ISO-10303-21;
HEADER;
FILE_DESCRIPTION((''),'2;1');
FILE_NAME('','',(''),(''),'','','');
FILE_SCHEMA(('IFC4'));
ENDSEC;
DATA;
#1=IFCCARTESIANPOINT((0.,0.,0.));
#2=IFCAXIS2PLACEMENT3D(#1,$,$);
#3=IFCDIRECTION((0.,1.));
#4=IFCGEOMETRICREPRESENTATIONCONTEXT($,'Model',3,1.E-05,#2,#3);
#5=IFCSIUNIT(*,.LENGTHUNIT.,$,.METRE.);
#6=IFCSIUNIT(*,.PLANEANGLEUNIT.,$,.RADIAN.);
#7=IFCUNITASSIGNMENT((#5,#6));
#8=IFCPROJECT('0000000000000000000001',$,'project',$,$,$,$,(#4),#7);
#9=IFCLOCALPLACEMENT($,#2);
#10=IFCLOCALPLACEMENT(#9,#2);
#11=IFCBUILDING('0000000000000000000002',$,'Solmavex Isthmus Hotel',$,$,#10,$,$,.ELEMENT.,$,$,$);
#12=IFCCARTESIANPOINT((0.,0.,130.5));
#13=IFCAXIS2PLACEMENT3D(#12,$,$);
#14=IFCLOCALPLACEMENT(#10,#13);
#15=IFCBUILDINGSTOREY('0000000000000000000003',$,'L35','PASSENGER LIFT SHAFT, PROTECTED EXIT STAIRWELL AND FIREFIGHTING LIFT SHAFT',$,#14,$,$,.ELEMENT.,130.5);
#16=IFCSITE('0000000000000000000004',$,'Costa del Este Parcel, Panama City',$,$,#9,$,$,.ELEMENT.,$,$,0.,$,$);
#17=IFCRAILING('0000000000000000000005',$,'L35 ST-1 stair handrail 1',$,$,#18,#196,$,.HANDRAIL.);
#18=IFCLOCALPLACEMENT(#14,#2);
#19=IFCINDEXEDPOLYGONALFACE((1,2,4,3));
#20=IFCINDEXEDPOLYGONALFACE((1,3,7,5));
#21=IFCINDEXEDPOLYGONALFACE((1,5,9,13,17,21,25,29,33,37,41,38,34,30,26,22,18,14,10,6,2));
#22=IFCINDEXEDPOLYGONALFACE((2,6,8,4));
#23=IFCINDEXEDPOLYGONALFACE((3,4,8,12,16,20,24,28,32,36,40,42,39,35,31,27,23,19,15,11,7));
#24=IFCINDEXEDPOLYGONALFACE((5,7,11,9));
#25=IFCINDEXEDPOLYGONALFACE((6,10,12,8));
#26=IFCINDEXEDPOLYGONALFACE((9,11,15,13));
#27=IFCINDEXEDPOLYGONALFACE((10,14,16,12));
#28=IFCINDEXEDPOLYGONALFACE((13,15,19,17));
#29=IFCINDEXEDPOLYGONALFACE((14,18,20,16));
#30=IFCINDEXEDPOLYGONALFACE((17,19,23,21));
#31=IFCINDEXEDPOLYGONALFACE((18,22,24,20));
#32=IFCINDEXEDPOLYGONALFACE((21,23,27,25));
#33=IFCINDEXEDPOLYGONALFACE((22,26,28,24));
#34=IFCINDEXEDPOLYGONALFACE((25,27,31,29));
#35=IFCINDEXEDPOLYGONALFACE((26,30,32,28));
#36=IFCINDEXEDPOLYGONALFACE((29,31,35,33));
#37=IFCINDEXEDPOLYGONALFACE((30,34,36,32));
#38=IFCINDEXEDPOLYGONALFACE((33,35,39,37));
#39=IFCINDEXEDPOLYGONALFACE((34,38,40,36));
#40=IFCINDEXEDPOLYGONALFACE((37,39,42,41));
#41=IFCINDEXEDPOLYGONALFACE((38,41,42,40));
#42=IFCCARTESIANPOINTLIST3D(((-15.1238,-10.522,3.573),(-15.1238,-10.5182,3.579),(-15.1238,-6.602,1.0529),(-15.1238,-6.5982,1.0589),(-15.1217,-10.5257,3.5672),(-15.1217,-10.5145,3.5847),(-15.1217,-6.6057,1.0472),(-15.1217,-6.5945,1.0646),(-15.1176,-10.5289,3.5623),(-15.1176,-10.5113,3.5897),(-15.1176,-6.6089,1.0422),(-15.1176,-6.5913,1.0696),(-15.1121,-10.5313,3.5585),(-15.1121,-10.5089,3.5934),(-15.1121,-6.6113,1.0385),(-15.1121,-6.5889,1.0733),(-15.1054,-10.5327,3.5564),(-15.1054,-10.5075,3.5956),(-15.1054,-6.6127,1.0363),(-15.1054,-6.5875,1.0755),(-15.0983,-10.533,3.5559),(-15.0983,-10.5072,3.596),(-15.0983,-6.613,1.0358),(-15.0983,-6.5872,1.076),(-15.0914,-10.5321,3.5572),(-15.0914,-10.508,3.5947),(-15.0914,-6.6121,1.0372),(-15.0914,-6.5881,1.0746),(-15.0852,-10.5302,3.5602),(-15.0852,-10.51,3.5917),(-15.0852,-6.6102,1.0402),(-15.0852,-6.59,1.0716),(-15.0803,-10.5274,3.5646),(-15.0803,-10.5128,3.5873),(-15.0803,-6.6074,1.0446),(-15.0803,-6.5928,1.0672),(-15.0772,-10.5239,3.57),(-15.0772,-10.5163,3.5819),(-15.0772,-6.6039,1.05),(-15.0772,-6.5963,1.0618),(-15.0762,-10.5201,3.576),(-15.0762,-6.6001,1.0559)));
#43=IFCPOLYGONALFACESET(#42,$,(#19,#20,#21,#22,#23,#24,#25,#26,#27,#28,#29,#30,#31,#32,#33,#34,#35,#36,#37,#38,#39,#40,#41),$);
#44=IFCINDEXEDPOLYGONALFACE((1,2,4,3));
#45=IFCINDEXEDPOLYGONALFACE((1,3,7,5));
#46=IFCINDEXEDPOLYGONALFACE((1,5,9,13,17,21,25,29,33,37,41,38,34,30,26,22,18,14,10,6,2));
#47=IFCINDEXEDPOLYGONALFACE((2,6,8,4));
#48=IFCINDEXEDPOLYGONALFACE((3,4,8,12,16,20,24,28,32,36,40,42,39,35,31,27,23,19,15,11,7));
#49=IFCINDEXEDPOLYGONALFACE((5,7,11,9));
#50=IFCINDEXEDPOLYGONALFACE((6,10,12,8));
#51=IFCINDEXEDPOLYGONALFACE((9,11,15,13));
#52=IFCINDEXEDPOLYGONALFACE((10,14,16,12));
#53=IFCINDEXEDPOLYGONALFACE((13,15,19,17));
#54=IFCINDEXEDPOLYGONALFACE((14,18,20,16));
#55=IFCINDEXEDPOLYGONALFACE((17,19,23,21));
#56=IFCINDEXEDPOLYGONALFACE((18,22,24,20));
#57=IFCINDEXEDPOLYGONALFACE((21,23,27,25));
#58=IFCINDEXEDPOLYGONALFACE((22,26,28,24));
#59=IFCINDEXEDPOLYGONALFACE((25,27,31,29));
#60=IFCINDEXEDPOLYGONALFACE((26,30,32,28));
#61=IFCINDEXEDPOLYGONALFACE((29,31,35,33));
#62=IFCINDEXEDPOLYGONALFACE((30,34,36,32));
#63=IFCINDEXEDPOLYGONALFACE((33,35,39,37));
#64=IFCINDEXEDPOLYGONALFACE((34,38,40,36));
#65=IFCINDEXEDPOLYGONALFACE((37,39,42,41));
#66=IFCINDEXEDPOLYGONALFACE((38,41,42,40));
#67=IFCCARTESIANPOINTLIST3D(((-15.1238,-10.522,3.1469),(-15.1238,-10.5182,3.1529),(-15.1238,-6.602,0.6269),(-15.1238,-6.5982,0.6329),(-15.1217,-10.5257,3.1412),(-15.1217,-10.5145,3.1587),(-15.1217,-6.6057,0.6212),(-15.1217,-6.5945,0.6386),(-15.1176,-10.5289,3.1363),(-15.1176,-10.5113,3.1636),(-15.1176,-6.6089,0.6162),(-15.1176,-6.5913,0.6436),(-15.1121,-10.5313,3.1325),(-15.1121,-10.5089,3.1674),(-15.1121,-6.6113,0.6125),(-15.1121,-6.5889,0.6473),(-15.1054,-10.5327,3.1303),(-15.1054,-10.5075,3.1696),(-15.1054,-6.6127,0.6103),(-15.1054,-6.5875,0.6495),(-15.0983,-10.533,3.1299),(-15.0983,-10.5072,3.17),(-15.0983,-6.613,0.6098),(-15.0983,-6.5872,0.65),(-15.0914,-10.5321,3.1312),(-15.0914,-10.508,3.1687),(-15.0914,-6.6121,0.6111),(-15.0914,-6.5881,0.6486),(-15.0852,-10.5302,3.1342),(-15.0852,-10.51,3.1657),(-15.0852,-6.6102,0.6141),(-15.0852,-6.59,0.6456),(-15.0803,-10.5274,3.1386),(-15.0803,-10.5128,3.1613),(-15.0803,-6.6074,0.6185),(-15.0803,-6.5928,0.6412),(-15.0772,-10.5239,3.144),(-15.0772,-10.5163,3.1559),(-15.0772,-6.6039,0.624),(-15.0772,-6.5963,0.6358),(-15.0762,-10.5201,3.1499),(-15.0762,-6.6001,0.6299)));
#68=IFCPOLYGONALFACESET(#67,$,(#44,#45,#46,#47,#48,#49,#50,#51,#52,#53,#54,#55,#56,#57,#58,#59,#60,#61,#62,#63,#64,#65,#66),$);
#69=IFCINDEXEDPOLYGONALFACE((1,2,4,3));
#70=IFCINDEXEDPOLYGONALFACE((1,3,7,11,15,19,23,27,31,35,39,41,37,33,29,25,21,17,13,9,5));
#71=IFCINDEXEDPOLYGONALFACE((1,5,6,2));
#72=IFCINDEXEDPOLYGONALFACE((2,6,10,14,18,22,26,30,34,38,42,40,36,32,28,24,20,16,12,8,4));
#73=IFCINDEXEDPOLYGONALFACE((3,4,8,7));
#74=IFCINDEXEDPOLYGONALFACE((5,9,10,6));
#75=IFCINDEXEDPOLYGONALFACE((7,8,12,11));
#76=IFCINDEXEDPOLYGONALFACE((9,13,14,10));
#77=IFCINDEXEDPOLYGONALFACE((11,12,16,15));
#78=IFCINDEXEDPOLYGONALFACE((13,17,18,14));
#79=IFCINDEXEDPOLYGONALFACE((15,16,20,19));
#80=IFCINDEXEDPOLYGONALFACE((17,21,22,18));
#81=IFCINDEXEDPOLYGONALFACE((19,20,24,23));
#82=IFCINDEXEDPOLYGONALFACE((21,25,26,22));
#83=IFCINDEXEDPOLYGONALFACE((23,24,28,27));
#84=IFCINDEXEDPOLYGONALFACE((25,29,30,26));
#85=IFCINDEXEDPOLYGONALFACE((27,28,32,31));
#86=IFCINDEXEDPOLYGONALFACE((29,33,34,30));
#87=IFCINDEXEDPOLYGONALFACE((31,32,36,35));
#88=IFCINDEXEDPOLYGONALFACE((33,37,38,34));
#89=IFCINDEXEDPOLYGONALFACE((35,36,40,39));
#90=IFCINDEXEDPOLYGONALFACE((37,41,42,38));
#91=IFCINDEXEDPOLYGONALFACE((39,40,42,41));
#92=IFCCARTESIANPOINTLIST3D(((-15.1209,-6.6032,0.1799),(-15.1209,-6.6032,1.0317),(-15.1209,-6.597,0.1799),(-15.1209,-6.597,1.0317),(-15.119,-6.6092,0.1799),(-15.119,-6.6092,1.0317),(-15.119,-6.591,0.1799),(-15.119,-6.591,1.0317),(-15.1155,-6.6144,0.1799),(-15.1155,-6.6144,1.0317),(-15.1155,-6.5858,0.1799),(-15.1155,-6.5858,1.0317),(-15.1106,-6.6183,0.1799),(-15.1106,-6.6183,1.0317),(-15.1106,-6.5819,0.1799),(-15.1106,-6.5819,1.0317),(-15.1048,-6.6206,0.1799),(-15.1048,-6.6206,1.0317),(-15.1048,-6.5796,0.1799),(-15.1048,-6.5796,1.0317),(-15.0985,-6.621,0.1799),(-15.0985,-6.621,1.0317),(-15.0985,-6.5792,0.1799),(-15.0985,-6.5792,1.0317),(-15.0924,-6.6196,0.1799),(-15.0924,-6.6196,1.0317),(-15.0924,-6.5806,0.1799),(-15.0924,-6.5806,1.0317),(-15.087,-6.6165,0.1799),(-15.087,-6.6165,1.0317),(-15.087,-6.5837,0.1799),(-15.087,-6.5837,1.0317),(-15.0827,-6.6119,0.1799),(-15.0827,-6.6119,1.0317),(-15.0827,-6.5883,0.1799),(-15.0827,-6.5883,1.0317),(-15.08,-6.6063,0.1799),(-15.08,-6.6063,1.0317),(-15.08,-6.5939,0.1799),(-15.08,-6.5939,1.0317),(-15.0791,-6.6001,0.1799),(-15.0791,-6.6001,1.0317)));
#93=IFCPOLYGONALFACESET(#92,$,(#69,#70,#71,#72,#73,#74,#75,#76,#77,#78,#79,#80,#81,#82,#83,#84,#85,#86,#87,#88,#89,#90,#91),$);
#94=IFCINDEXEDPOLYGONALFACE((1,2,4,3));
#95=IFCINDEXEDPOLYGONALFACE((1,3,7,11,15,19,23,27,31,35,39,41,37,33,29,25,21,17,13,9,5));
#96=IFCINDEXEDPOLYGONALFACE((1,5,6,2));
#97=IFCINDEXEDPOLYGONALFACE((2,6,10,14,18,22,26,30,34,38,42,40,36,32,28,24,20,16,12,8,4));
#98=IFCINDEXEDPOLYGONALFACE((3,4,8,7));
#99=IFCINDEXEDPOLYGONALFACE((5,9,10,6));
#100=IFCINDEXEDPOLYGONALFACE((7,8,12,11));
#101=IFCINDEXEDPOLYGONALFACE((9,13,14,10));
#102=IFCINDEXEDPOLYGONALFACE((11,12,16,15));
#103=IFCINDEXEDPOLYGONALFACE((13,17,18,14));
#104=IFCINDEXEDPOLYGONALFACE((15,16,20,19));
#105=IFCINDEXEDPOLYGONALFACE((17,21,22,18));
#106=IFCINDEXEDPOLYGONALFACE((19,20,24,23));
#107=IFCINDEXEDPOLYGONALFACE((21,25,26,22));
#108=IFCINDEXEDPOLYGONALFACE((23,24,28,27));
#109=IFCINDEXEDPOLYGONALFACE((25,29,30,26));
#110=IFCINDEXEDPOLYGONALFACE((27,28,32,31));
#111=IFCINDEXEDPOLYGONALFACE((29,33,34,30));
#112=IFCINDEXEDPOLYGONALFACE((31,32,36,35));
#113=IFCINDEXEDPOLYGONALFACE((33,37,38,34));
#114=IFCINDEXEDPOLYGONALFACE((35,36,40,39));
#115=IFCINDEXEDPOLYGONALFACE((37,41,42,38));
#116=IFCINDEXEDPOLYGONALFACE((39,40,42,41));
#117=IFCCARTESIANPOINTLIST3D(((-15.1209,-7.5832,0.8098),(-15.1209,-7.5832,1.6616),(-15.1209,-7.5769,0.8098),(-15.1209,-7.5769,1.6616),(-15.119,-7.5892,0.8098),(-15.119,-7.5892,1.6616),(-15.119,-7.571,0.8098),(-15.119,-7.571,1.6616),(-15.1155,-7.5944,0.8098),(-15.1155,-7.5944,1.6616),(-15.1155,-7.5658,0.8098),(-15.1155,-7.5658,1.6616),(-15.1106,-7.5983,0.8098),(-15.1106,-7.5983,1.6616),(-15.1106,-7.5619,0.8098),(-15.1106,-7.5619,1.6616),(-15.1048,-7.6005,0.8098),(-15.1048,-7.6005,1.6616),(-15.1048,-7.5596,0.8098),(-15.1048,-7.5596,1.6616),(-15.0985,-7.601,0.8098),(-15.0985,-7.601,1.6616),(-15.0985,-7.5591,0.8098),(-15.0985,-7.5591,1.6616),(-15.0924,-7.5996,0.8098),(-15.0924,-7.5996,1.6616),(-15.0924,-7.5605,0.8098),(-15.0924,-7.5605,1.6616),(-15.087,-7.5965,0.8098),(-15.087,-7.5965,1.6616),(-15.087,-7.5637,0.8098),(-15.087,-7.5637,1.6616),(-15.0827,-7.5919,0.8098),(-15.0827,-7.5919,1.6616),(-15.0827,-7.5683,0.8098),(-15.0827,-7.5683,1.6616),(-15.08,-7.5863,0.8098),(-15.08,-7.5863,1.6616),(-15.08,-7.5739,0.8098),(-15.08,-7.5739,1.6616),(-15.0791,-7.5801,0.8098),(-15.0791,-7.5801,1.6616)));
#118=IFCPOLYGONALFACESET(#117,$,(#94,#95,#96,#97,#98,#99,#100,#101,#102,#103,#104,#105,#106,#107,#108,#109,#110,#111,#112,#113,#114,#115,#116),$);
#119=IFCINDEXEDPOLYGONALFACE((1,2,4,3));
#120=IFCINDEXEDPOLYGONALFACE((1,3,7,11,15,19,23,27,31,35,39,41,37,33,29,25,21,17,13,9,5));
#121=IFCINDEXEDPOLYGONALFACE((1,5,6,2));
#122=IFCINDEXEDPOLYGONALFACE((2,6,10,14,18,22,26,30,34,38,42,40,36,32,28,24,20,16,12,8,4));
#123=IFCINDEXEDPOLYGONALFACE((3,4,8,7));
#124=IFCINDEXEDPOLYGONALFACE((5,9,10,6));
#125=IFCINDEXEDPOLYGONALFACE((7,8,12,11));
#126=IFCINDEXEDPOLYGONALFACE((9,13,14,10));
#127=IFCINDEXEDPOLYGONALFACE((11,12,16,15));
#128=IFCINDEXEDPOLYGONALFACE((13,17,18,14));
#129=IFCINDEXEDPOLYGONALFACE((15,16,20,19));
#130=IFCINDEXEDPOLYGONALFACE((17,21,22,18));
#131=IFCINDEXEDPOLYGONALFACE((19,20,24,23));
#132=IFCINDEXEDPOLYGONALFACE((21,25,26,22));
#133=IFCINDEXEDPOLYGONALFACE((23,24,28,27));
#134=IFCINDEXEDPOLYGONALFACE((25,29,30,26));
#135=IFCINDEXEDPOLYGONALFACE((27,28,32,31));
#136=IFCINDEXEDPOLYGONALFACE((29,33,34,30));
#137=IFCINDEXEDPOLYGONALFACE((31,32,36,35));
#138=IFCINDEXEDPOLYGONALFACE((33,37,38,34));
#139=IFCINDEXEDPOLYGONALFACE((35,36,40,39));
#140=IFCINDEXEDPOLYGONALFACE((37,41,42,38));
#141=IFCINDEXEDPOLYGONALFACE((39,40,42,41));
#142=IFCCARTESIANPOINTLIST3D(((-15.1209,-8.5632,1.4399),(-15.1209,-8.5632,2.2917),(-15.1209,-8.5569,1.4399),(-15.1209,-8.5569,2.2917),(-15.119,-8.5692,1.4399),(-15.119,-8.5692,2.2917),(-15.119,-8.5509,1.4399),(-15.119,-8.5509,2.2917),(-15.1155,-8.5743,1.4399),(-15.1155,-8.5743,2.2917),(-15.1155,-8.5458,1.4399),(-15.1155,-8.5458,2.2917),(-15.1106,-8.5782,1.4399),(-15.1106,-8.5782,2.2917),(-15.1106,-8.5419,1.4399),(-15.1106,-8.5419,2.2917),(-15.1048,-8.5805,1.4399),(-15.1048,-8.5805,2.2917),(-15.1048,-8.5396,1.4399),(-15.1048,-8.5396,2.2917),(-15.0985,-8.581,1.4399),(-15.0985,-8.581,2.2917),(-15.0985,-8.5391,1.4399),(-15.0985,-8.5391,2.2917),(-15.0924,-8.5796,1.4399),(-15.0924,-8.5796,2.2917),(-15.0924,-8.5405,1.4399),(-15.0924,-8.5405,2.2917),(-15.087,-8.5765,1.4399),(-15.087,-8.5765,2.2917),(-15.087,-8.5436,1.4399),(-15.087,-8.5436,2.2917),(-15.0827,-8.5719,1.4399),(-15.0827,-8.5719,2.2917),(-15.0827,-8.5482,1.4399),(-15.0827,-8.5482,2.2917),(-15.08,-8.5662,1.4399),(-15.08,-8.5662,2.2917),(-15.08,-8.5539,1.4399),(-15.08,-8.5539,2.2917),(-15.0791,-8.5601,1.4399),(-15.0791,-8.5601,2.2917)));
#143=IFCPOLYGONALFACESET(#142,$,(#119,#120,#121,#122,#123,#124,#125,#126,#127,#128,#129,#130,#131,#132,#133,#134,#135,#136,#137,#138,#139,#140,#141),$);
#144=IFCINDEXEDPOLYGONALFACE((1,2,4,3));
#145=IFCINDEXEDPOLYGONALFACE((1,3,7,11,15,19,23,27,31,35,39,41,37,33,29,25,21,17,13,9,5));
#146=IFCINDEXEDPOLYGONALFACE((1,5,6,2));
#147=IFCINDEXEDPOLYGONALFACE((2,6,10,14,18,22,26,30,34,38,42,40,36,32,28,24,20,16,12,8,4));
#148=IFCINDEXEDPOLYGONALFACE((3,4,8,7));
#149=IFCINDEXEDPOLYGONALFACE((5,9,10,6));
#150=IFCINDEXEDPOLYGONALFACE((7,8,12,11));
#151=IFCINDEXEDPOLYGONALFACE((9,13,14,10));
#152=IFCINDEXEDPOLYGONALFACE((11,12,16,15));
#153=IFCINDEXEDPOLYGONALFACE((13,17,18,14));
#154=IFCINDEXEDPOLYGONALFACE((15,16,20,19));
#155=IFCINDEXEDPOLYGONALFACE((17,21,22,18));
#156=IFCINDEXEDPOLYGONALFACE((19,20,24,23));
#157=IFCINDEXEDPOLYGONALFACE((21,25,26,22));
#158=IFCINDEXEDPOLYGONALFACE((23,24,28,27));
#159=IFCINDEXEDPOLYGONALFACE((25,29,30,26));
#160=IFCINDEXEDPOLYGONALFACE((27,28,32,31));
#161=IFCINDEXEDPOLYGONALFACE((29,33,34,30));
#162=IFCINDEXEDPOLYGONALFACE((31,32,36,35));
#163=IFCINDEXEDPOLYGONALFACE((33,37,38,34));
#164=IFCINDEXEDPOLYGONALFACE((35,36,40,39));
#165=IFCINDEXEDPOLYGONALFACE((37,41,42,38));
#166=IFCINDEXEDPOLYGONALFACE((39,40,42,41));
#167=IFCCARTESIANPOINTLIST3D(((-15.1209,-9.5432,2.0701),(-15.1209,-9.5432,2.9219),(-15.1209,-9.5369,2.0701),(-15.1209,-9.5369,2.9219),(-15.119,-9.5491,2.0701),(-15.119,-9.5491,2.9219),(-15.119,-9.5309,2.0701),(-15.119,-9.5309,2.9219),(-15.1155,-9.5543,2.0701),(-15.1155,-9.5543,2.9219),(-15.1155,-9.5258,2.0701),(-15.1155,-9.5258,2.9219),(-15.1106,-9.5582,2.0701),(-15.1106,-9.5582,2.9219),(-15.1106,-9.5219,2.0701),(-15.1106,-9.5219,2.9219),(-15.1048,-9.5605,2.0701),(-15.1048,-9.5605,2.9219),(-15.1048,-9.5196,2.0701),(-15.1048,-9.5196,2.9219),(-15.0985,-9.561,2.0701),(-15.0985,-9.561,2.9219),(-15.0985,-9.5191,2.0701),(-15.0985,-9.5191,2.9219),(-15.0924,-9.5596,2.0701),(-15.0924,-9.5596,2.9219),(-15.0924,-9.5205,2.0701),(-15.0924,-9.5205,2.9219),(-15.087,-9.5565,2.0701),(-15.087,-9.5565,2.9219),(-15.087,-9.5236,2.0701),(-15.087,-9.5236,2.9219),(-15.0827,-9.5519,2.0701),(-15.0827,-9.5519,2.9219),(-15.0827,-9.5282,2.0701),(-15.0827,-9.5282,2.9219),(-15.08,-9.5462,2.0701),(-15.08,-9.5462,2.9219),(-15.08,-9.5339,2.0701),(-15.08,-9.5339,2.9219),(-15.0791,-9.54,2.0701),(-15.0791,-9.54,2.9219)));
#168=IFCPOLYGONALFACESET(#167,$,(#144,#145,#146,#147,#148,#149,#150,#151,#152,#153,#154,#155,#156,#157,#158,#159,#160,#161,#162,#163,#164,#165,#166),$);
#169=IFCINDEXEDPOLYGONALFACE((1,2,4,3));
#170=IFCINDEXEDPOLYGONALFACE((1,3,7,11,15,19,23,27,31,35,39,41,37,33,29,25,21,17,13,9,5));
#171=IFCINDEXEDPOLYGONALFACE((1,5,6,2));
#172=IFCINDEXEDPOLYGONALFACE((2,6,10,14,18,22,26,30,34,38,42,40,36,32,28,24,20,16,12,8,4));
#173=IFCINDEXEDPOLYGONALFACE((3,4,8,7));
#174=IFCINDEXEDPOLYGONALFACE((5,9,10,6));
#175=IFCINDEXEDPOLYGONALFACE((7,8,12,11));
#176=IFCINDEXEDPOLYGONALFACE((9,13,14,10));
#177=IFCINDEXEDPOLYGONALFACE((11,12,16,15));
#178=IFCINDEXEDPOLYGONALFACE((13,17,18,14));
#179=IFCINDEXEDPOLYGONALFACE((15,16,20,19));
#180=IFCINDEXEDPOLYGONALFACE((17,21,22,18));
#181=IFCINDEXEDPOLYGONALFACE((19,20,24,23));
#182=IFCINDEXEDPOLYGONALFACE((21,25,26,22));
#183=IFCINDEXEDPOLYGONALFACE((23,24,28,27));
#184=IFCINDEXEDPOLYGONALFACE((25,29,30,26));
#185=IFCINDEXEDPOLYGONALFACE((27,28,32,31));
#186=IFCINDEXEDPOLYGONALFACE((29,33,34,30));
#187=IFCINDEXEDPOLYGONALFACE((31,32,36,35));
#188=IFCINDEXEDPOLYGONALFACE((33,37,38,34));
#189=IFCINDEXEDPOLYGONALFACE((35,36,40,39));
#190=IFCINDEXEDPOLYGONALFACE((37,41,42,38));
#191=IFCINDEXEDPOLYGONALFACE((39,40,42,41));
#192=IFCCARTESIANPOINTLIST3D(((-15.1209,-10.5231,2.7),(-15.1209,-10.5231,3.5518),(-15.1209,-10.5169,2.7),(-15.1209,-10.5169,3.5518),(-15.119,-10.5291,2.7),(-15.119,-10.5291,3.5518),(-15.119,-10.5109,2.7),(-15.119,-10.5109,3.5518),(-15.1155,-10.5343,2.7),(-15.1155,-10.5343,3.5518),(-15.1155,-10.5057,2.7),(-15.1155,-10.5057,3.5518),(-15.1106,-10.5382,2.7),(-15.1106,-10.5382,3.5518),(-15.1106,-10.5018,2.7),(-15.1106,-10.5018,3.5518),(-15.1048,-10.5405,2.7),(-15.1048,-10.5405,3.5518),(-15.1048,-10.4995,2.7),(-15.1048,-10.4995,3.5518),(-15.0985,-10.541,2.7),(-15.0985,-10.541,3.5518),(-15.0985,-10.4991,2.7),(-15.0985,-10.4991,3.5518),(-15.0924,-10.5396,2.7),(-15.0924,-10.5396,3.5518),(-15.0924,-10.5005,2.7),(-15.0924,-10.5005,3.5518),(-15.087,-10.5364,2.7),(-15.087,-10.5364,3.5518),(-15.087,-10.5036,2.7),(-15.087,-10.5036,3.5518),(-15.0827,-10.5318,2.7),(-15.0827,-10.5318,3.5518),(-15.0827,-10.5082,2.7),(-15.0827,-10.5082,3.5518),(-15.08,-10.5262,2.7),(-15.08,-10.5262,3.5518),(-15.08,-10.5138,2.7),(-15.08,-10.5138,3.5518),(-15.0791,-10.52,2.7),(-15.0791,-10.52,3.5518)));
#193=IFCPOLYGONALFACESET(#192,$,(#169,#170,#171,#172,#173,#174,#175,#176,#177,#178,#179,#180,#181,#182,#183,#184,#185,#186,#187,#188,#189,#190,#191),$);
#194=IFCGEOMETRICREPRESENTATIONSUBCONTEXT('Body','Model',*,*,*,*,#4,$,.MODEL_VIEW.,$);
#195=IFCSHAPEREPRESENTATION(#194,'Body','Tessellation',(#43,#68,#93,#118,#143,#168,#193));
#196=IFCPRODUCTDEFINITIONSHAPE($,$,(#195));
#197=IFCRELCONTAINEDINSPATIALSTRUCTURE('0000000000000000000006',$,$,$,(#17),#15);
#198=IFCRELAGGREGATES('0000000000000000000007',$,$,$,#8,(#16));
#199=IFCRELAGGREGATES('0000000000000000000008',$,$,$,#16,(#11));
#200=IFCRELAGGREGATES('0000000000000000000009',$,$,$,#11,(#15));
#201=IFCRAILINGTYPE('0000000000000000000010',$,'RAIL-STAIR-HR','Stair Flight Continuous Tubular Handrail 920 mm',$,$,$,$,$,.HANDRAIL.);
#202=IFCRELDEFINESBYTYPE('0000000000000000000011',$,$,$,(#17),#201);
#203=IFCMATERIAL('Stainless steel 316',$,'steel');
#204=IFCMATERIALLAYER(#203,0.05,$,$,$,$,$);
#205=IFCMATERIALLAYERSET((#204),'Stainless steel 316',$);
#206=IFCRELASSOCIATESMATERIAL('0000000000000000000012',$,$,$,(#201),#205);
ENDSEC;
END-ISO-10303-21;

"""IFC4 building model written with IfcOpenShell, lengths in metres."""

from ifc_helpers import new_model, si_unit, direction, frame, origin, origin_2d, place, context, subcontext, project, spatial, circle, extrude, material, layer, layer_set, type_object, element, save


model = new_model("IFC4")

# Units and contexts
model_context = context("Model", 3, precision=1e-05, world=origin(), true_north=direction((0.0, 1.0)))
body_context = subcontext(model_context, "Body", "Model", "MODEL_VIEW")
ifc_project = project(units=[si_unit("LENGTHUNIT", "METRE"), si_unit("PLANEANGLEUNIT", "RADIAN")], contexts=[model_context])

# Site, building, storey
site_placement = place(None, origin())
site = spatial("IfcSite", under=ifc_project, at=site_placement, Name="Costa del Este Parcel, Panama City", CompositionType="ELEMENT", RefElevation=0.0)
building_placement = place(site_placement, origin())
building = spatial("IfcBuilding", under=site, at=building_placement, Name="Solmavex Isthmus Hotel", CompositionType="ELEMENT")
storey_placement = place(building_placement, frame((0.0, 0.0, 130.5)))
storey = spatial("IfcBuildingStorey", under=building, at=storey_placement, Name="L35", Description="PASSENGER LIFT SHAFT, PROTECTED EXIT STAIRWELL AND FIREFIGHTING LIFT SHAFT", CompositionType="ELEMENT", Elevation=130.5)

# Shared definitions
ifc_material_1 = material(Name="Stainless steel 316", Category="steel")

# Railing
ifc_layer_1 = layer(ifc_material_1, 0.05)
ifc_layer_set_1 = layer_set([ifc_layer_1], Name="Stainless steel 316")
railing_type_1 = type_object("IfcRailingType", Name="RAIL-STAIR-HR", Description="Stair Flight Continuous Tubular Handrail 920 mm", PredefinedType="HANDRAIL", material=ifc_layer_set_1)
railing_1_placement = place(storey_placement, frame((-15.1001, -6.6001, 0.1799)))
element("IfcRailing", 1, at=railing_1_placement, inside=storey, type_object=railing_type_1, Name="L35 ST-1 stair handrail 1", PredefinedType="HANDRAIL", context=body_context, shape_type="SweptSolid", body=[
    extrude(circle(Radius=0.0239, at=origin_2d()), frame((0.0, 0.0, 0.876), z_axis=(0.0, -0.841172, 0.540768), x_axis=(1.0, 0.0, 0.0)), (0.0, 0.0, 1.0), 4.6602),
    extrude(circle(Radius=0.0239, at=origin_2d()), frame((0.0, 0.0, 0.45), z_axis=(0.0, -0.841172, 0.540768), x_axis=(1.0, 0.0, 0.0)), (0.0, 0.0, 1.0), 4.6602),
    extrude(circle(Radius=0.021, at=origin_2d()), origin(), (0.0, 0.0, 1.0), 0.8518),
    extrude(circle(Radius=0.021, at=origin_2d()), frame((0.0, -0.98, 0.6299)), (0.0, 0.0, 1.0), 0.8518),
    extrude(circle(Radius=0.021, at=origin_2d()), frame((0.0, -1.96, 1.26)), (0.0, 0.0, 1.0), 0.8518),
    extrude(circle(Radius=0.021, at=origin_2d()), frame((0.0, -2.9399, 1.8901)), (0.0, 0.0, 1.0), 0.8518),
    extrude(circle(Radius=0.021, at=origin_2d()), frame((0.0, -3.9199, 2.52)), (0.0, 0.0, 1.0), 0.8518),
])

save(model, "model.ifc")
